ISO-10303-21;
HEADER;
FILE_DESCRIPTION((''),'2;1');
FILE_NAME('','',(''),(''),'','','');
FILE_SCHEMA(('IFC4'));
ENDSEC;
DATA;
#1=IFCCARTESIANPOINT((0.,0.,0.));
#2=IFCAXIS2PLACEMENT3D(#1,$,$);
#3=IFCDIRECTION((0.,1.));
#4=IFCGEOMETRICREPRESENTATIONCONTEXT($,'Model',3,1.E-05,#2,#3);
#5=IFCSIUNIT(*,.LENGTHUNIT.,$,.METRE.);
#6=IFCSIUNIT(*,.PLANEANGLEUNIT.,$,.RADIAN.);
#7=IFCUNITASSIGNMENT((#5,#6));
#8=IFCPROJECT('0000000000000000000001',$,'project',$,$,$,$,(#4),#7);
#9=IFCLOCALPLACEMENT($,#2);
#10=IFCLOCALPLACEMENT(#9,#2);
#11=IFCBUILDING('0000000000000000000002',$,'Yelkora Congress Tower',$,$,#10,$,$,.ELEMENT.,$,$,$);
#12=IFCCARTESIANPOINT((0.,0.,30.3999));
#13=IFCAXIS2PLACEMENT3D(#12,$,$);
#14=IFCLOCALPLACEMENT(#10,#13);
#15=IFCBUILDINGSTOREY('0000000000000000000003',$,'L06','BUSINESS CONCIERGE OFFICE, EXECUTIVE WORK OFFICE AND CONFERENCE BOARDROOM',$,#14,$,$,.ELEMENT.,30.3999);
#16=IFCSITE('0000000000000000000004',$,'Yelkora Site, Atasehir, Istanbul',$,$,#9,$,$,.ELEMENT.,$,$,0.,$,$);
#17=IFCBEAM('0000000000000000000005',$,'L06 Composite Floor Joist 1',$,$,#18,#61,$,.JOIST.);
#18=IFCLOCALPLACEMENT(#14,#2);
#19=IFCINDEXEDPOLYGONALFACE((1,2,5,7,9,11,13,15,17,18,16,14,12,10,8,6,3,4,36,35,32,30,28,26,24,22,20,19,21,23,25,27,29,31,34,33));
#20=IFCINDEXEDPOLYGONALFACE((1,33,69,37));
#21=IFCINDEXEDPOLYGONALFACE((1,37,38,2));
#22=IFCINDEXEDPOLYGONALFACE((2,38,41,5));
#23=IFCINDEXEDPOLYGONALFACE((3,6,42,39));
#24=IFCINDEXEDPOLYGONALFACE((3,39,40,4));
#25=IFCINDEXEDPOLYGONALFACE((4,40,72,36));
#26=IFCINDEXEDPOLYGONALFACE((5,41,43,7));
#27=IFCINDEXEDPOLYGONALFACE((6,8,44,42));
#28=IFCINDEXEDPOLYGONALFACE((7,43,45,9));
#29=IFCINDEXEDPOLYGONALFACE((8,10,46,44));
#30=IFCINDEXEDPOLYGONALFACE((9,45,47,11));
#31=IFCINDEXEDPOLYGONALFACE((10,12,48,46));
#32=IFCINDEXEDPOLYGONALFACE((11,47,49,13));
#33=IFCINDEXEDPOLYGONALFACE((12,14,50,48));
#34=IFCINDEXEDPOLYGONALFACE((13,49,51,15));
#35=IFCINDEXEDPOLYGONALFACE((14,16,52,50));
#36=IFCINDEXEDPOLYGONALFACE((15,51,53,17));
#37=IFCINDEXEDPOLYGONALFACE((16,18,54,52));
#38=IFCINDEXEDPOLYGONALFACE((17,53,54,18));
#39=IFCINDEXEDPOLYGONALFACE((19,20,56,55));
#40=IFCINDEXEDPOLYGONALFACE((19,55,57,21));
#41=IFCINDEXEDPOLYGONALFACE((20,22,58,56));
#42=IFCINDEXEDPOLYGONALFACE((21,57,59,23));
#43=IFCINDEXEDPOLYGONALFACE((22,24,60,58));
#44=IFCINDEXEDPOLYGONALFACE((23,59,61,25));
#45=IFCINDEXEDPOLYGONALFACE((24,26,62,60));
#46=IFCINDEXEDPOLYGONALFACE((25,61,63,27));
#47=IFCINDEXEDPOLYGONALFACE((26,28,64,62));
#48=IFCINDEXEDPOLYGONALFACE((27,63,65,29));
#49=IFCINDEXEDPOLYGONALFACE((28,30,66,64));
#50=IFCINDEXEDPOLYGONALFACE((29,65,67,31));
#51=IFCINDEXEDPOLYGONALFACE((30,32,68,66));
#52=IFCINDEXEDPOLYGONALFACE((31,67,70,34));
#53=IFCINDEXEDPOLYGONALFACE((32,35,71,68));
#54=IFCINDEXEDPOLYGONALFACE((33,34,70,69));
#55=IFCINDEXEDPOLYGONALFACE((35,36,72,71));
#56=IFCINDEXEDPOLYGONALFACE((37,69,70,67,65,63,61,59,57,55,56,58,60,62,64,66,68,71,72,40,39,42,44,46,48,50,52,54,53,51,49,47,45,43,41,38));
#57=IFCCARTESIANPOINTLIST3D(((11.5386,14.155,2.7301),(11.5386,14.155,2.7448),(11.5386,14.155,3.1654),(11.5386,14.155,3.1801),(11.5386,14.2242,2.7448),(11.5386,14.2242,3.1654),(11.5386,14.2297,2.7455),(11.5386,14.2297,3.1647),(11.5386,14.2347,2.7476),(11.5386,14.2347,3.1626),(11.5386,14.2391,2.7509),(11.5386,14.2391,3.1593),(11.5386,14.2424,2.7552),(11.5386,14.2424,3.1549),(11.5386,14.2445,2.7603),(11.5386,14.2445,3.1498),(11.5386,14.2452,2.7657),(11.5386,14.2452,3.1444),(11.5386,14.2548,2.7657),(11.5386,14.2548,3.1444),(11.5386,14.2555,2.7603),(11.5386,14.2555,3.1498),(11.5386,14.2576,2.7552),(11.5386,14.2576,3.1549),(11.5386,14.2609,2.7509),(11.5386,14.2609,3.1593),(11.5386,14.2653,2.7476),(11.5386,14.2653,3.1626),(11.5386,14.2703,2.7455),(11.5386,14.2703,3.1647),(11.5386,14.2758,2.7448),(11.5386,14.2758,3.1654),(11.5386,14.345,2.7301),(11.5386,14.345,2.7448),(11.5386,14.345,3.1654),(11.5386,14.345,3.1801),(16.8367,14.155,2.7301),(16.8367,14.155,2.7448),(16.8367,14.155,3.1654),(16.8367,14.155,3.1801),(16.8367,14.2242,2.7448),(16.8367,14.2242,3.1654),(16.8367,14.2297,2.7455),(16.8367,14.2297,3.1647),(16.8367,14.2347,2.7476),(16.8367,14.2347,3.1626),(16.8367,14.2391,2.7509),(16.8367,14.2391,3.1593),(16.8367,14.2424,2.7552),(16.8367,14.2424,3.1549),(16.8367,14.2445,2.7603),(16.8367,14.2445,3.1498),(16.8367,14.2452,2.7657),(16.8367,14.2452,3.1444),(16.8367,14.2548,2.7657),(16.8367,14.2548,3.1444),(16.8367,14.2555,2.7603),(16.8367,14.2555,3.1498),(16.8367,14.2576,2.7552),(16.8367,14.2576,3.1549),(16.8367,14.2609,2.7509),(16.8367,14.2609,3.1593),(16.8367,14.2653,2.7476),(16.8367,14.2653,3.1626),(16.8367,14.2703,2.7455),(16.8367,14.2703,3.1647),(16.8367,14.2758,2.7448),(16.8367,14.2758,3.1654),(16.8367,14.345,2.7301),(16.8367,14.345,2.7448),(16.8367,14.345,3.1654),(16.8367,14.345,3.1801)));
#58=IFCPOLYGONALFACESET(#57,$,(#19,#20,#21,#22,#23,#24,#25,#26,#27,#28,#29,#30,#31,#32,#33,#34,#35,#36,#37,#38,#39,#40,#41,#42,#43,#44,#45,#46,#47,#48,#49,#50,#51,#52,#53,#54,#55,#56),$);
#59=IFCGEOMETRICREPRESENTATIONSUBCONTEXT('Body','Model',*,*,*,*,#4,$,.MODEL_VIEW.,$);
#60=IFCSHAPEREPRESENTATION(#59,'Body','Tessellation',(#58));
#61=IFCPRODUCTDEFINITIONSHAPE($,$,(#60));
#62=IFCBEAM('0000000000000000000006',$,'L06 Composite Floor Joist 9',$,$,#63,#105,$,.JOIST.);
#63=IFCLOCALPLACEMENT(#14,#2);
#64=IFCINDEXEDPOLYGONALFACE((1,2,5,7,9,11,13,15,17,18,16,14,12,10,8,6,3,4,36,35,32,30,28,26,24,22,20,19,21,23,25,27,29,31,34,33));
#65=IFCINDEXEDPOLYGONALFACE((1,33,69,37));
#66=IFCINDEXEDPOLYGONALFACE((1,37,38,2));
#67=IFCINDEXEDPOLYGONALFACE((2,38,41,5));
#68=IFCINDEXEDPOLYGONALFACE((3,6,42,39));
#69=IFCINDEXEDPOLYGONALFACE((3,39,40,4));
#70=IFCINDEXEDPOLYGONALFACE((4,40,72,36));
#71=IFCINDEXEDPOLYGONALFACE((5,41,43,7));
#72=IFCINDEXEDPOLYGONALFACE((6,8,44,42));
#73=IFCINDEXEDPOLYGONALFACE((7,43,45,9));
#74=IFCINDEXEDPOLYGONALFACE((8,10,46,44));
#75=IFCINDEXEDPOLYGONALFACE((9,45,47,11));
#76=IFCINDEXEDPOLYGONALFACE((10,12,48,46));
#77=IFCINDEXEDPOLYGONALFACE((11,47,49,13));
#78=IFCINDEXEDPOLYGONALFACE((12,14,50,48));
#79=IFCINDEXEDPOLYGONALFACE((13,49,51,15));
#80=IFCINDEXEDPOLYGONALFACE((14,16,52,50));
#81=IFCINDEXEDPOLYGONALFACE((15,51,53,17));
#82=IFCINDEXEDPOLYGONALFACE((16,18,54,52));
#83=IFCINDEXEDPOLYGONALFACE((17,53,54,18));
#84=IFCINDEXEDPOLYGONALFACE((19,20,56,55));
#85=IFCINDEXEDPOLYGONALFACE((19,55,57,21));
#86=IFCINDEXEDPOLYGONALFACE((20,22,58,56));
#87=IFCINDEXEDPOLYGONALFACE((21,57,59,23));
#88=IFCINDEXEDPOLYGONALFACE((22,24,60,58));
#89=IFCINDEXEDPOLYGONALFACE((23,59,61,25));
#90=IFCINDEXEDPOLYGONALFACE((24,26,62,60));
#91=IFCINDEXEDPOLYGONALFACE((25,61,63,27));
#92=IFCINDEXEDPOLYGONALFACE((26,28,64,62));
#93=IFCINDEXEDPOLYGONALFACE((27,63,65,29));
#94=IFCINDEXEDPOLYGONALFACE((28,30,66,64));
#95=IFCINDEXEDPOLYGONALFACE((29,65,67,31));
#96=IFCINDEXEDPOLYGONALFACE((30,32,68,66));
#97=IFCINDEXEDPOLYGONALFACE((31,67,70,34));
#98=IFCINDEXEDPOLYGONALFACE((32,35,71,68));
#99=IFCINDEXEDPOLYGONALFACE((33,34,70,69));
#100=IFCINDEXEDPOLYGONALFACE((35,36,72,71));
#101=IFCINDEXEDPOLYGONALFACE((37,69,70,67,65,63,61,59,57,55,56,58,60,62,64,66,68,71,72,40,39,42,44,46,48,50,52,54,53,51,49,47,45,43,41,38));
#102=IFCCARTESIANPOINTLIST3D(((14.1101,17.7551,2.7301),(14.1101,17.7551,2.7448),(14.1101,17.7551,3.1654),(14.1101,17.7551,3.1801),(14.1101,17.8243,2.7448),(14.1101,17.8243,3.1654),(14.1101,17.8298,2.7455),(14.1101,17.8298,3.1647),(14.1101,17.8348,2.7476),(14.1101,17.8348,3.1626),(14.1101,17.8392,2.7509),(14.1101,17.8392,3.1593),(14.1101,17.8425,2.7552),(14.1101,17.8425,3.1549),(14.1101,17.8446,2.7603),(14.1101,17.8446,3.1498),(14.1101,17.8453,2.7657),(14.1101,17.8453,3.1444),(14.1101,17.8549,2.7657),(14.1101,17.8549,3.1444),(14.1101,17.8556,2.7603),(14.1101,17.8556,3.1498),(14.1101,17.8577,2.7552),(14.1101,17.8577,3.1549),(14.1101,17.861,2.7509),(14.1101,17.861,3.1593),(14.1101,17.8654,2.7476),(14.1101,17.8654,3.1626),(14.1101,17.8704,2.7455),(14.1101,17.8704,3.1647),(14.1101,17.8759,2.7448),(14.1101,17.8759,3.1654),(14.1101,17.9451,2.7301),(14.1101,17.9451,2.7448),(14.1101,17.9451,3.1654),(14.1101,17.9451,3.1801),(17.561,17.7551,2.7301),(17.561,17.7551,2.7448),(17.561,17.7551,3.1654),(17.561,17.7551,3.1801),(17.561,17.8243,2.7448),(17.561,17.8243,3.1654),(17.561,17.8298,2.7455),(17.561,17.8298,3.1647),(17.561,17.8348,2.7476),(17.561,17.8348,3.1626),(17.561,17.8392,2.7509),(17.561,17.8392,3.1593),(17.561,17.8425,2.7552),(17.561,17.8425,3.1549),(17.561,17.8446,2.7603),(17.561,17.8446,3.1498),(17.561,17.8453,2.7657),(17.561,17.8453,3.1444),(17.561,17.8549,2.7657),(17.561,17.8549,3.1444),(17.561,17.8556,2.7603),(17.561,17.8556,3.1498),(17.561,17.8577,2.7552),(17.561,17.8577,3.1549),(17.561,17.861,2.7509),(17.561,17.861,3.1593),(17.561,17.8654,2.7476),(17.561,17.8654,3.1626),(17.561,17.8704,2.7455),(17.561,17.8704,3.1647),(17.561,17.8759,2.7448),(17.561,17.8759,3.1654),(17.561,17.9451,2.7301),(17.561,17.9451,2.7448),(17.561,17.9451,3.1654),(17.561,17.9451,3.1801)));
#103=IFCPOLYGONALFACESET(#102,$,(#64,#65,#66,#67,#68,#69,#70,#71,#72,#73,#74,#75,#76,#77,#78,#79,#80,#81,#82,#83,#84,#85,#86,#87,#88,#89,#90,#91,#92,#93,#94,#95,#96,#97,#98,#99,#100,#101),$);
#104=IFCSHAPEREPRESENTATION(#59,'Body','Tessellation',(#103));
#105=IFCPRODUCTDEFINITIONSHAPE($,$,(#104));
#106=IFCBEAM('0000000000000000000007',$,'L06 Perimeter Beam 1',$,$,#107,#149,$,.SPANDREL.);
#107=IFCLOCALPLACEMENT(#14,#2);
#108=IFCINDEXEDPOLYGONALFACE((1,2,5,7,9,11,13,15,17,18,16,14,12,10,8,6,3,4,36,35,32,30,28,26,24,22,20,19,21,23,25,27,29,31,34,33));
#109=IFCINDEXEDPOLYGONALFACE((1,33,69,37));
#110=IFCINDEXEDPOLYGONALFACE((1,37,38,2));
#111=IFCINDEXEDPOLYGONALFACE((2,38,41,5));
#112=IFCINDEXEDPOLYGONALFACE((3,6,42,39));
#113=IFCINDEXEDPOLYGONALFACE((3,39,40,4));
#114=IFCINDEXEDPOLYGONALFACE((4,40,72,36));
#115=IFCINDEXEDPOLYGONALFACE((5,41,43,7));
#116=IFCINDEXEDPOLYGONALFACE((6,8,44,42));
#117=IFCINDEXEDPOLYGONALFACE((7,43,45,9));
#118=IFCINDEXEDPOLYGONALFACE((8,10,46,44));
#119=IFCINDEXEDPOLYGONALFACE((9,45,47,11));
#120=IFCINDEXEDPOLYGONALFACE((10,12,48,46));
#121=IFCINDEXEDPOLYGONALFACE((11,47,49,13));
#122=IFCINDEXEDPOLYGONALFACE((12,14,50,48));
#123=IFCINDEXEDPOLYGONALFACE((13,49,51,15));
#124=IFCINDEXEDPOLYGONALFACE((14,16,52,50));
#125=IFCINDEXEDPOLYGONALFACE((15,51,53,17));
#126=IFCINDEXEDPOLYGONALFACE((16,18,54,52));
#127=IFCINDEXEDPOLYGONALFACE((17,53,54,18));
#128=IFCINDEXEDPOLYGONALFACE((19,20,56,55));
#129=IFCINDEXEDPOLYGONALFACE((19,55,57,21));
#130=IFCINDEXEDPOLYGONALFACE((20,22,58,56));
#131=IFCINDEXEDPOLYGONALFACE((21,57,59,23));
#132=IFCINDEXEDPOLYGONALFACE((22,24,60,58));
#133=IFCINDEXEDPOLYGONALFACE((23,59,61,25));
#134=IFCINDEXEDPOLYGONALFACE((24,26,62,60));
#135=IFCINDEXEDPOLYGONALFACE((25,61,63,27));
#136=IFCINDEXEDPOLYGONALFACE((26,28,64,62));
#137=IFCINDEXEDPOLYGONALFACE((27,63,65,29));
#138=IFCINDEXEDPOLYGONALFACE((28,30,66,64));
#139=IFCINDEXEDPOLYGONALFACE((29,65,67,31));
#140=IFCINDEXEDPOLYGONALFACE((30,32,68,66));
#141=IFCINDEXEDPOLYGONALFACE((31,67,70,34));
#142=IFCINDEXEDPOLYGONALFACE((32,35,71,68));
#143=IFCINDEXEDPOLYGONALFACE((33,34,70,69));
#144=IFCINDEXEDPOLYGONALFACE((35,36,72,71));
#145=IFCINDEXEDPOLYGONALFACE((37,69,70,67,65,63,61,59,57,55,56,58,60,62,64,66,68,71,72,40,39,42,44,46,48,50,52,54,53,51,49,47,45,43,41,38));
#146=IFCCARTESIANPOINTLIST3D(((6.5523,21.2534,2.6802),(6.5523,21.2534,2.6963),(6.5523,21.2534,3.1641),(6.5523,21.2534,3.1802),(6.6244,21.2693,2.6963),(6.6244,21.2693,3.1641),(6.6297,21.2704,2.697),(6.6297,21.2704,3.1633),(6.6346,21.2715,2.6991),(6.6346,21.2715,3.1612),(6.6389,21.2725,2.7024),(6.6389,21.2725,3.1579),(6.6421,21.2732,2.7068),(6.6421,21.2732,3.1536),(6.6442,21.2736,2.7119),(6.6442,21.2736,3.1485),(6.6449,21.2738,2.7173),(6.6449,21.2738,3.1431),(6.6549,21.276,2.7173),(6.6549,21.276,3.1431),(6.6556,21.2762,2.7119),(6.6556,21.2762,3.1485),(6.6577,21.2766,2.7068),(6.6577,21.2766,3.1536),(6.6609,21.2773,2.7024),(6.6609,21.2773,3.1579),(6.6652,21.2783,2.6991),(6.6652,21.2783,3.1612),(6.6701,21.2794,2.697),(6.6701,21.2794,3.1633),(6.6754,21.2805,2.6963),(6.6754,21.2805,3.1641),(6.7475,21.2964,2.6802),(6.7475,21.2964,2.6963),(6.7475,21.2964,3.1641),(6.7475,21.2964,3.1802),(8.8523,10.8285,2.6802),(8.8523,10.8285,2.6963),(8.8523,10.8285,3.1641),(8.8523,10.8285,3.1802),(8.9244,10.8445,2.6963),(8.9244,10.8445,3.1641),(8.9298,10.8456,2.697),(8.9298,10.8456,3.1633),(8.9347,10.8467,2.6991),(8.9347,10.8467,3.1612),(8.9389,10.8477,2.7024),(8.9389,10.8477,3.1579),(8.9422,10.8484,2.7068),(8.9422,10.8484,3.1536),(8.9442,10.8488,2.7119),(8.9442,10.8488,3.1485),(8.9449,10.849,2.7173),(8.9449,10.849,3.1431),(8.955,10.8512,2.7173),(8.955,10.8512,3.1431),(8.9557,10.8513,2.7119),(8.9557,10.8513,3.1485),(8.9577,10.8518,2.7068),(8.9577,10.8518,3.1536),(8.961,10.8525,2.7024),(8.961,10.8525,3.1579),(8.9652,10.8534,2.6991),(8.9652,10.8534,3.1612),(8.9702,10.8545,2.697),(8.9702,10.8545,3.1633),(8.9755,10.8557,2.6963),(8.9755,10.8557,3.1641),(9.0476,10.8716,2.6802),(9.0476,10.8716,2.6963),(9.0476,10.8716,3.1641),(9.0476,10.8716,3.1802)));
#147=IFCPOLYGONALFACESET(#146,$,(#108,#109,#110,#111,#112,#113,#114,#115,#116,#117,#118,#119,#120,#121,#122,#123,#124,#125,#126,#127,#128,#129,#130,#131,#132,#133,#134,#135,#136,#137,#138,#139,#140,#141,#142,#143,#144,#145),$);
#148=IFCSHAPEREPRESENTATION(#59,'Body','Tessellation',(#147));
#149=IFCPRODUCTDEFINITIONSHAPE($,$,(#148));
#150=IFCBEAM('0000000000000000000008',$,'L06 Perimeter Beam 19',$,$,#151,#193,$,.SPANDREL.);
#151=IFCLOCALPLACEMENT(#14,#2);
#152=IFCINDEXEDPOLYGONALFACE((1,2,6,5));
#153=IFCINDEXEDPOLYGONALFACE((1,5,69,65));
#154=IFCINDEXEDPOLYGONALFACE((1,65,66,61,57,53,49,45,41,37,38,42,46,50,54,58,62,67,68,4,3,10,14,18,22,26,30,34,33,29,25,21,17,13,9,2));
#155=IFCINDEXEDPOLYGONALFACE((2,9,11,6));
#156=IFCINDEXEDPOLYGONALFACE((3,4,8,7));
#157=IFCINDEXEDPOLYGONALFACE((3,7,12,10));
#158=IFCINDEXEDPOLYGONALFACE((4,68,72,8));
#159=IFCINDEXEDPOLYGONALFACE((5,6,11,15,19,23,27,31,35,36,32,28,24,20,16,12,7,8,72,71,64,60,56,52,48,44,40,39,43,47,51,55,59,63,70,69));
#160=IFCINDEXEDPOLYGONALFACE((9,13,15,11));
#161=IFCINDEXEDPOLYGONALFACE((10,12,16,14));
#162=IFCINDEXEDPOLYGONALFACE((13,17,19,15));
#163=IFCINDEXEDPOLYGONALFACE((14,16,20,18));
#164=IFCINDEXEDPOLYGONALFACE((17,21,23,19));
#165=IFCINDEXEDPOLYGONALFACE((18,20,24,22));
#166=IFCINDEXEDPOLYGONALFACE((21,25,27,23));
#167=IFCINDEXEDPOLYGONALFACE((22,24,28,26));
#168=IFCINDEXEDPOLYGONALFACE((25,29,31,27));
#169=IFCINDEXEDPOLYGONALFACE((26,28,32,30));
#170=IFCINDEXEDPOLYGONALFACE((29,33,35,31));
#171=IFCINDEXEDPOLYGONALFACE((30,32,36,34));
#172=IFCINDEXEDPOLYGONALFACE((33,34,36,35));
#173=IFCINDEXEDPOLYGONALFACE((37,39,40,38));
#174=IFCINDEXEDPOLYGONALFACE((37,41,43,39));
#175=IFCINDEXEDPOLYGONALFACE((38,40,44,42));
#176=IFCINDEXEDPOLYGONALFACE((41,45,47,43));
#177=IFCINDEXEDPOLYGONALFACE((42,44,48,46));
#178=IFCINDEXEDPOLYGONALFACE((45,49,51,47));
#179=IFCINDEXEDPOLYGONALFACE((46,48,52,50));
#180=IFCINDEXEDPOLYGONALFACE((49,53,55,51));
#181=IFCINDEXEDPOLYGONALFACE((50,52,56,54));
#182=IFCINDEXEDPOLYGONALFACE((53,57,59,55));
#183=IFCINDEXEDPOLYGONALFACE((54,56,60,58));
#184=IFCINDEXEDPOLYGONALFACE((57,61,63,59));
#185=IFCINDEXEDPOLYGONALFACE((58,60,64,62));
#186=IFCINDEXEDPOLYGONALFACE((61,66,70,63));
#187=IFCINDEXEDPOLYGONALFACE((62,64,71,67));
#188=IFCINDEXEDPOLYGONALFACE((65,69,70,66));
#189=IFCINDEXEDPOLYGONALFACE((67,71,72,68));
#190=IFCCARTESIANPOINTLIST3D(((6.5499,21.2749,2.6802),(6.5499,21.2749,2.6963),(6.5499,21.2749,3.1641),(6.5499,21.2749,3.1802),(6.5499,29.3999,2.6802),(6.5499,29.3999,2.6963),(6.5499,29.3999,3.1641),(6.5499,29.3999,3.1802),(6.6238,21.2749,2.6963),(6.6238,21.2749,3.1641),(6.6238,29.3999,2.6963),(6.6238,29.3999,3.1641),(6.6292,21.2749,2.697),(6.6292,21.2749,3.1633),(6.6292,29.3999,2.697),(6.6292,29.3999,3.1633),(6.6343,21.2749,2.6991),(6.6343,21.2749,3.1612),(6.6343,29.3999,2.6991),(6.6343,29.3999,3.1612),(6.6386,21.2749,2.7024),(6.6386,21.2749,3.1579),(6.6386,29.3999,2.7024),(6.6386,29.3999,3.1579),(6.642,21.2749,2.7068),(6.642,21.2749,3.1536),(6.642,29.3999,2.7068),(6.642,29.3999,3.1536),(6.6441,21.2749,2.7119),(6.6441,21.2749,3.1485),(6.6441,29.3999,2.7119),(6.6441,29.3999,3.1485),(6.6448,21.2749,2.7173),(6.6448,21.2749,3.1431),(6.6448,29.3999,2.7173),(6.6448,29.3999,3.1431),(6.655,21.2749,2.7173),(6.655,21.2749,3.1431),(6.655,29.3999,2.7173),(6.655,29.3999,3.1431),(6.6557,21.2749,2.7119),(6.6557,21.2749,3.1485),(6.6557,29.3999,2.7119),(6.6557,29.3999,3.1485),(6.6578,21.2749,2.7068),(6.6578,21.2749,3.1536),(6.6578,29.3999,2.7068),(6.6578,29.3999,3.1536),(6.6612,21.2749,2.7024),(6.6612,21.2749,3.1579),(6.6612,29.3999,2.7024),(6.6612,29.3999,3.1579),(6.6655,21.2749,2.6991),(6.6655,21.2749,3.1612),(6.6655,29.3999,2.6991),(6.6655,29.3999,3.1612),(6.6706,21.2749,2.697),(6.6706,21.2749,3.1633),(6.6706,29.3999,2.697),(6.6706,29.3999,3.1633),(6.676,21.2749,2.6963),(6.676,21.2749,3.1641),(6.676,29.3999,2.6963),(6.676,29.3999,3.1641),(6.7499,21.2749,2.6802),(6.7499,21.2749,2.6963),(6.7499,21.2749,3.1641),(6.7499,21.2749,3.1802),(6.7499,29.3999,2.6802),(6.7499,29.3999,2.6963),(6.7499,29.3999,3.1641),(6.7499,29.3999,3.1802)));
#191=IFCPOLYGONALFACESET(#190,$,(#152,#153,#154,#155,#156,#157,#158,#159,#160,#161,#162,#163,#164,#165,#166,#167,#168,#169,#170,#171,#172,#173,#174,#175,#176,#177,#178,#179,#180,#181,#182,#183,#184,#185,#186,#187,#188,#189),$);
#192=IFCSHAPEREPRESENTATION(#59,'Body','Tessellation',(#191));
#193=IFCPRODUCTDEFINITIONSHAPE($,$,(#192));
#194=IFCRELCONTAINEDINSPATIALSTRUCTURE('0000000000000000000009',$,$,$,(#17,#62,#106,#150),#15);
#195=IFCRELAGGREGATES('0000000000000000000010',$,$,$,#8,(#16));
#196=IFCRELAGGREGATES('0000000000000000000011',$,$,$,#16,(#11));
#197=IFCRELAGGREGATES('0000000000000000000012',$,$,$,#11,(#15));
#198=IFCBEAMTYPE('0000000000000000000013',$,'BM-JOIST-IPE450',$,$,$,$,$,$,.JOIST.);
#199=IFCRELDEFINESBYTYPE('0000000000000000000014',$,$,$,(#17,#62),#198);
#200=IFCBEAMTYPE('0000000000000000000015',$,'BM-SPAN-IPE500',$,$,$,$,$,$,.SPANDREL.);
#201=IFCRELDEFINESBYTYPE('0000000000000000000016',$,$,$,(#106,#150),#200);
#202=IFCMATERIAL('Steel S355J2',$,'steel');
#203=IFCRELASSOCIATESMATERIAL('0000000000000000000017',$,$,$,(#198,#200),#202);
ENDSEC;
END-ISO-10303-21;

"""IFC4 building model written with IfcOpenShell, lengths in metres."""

from ifc_helpers import new_model, si_unit, direction, frame, origin, origin_2d, place, context, subcontext, project, spatial, i_section, extrude, material, material_profile, profile_set, type_object, element, save


model = new_model("IFC4")

# Units and contexts
model_context = context("Model", 3, precision=1e-05, world=origin(), true_north=direction((0.0, 1.0)))
body_context = subcontext(model_context, "Body", "Model", "MODEL_VIEW")
ifc_project = project(units=[si_unit("LENGTHUNIT", "METRE"), si_unit("PLANEANGLEUNIT", "RADIAN")], contexts=[model_context])

# Site, building, storey
site_placement = place(None, origin())
site = spatial("IfcSite", under=ifc_project, at=site_placement, Name="Yelkora Site, Atasehir, Istanbul", CompositionType="ELEMENT", RefElevation=0.0)
building_placement = place(site_placement, origin())
building = spatial("IfcBuilding", under=site, at=building_placement, Name="Yelkora Congress Tower", CompositionType="ELEMENT")
storey_placement = place(building_placement, frame((0.0, 0.0, 30.3999)))
storey = spatial("IfcBuildingStorey", under=building, at=storey_placement, Name="L06", Description="BUSINESS CONCIERGE OFFICE, EXECUTIVE WORK OFFICE AND CONFERENCE BOARDROOM", CompositionType="ELEMENT", Elevation=30.3999)

# Beams
ifc_material_1 = material(Name="Steel S355J2", Category="steel")
ifc_material_profile_1 = material_profile(ifc_material_1, i_section(OverallWidth=0.1899, OverallDepth=0.45, WebThickness=0.0095, FlangeThickness=0.0146, FilletRadius=0.021, at=origin_2d()), Name="IPE 450")
ifc_profile_set_1 = profile_set([ifc_material_profile_1], Name="Steel S355J2")
beam_type_1 = type_object("IfcBeamType", Name="BM-JOIST-IPE450", PredefinedType="JOIST", material=ifc_profile_set_1)
beam_1_placement = place(storey_placement, frame((11.5386, 14.25, 2.9551), z_axis=(1.0, 0.0, 0.0), x_axis=(0.0, 1.0, 0.0)))
element("IfcBeam", 1, at=beam_1_placement, inside=storey, type_object=beam_type_1, Name="L06 Composite Floor Joist 1", PredefinedType="JOIST", context=body_context, shape_type="SweptSolid", body=[
    extrude(i_section(OverallWidth=0.1899, OverallDepth=0.45, WebThickness=0.0095, FlangeThickness=0.0146, FilletRadius=0.021, at=origin_2d()), origin(), (0.0, 0.0, 1.0), 5.2981),
])
beam_2_placement = place(storey_placement, frame((14.1101, 17.8501, 2.9551), z_axis=(1.0, 0.0, 0.0), x_axis=(0.0, 1.0, 0.0)))
element("IfcBeam", 2, at=beam_2_placement, inside=storey, type_object=beam_type_1, Name="L06 Composite Floor Joist 9", PredefinedType="JOIST", context=body_context, shape_type="SweptSolid", body=[
    extrude(i_section(OverallWidth=0.1899, OverallDepth=0.45, WebThickness=0.0095, FlangeThickness=0.0146, FilletRadius=0.021, at=origin_2d()), origin(), (0.0, 0.0, 1.0), 3.4509),
])
ifc_material_profile_2 = material_profile(ifc_material_1, i_section(OverallWidth=0.2, OverallDepth=0.5, WebThickness=0.0103, FlangeThickness=0.0161, FilletRadius=0.021, at=origin_2d()), Name="IPE 500")
ifc_profile_set_2 = profile_set([ifc_material_profile_2], Name="Steel S355J2")
beam_type_2 = type_object("IfcBeamType", Name="BM-SPAN-IPE500", PredefinedType="SPANDREL", material=ifc_profile_set_2)
beam_3_placement = place(storey_placement, frame((6.6499, 21.2749, 2.9302), z_axis=(0.215451, -0.976515, 0.0), x_axis=(0.976515, 0.215451, 0.0)))
element("IfcBeam", 3, at=beam_3_placement, inside=storey, type_object=beam_type_2, Name="L06 Perimeter Beam 1", PredefinedType="SPANDREL", context=body_context, shape_type="SweptSolid", body=[
    extrude(i_section(OverallWidth=0.2, OverallDepth=0.5, WebThickness=0.0103, FlangeThickness=0.0161, FilletRadius=0.021, at=origin_2d()), origin(), (0.0, 0.0, 1.0), 10.6755),
])
beam_4_placement = place(storey_placement, frame((6.6499, 29.3999, 2.9302), z_axis=(0.0, -1.0, 0.0), x_axis=(1.0, 0.0, 0.0)))
element("IfcBeam", 4, at=beam_4_placement, inside=storey, type_object=beam_type_2, Name="L06 Perimeter Beam 19", PredefinedType="SPANDREL", context=body_context, shape_type="SweptSolid", body=[
    extrude(i_section(OverallWidth=0.2, OverallDepth=0.5, WebThickness=0.0103, FlangeThickness=0.0161, FilletRadius=0.021, at=origin_2d()), origin(), (0.0, 0.0, 1.0), 8.125),
])

save(model, "model.ifc")
